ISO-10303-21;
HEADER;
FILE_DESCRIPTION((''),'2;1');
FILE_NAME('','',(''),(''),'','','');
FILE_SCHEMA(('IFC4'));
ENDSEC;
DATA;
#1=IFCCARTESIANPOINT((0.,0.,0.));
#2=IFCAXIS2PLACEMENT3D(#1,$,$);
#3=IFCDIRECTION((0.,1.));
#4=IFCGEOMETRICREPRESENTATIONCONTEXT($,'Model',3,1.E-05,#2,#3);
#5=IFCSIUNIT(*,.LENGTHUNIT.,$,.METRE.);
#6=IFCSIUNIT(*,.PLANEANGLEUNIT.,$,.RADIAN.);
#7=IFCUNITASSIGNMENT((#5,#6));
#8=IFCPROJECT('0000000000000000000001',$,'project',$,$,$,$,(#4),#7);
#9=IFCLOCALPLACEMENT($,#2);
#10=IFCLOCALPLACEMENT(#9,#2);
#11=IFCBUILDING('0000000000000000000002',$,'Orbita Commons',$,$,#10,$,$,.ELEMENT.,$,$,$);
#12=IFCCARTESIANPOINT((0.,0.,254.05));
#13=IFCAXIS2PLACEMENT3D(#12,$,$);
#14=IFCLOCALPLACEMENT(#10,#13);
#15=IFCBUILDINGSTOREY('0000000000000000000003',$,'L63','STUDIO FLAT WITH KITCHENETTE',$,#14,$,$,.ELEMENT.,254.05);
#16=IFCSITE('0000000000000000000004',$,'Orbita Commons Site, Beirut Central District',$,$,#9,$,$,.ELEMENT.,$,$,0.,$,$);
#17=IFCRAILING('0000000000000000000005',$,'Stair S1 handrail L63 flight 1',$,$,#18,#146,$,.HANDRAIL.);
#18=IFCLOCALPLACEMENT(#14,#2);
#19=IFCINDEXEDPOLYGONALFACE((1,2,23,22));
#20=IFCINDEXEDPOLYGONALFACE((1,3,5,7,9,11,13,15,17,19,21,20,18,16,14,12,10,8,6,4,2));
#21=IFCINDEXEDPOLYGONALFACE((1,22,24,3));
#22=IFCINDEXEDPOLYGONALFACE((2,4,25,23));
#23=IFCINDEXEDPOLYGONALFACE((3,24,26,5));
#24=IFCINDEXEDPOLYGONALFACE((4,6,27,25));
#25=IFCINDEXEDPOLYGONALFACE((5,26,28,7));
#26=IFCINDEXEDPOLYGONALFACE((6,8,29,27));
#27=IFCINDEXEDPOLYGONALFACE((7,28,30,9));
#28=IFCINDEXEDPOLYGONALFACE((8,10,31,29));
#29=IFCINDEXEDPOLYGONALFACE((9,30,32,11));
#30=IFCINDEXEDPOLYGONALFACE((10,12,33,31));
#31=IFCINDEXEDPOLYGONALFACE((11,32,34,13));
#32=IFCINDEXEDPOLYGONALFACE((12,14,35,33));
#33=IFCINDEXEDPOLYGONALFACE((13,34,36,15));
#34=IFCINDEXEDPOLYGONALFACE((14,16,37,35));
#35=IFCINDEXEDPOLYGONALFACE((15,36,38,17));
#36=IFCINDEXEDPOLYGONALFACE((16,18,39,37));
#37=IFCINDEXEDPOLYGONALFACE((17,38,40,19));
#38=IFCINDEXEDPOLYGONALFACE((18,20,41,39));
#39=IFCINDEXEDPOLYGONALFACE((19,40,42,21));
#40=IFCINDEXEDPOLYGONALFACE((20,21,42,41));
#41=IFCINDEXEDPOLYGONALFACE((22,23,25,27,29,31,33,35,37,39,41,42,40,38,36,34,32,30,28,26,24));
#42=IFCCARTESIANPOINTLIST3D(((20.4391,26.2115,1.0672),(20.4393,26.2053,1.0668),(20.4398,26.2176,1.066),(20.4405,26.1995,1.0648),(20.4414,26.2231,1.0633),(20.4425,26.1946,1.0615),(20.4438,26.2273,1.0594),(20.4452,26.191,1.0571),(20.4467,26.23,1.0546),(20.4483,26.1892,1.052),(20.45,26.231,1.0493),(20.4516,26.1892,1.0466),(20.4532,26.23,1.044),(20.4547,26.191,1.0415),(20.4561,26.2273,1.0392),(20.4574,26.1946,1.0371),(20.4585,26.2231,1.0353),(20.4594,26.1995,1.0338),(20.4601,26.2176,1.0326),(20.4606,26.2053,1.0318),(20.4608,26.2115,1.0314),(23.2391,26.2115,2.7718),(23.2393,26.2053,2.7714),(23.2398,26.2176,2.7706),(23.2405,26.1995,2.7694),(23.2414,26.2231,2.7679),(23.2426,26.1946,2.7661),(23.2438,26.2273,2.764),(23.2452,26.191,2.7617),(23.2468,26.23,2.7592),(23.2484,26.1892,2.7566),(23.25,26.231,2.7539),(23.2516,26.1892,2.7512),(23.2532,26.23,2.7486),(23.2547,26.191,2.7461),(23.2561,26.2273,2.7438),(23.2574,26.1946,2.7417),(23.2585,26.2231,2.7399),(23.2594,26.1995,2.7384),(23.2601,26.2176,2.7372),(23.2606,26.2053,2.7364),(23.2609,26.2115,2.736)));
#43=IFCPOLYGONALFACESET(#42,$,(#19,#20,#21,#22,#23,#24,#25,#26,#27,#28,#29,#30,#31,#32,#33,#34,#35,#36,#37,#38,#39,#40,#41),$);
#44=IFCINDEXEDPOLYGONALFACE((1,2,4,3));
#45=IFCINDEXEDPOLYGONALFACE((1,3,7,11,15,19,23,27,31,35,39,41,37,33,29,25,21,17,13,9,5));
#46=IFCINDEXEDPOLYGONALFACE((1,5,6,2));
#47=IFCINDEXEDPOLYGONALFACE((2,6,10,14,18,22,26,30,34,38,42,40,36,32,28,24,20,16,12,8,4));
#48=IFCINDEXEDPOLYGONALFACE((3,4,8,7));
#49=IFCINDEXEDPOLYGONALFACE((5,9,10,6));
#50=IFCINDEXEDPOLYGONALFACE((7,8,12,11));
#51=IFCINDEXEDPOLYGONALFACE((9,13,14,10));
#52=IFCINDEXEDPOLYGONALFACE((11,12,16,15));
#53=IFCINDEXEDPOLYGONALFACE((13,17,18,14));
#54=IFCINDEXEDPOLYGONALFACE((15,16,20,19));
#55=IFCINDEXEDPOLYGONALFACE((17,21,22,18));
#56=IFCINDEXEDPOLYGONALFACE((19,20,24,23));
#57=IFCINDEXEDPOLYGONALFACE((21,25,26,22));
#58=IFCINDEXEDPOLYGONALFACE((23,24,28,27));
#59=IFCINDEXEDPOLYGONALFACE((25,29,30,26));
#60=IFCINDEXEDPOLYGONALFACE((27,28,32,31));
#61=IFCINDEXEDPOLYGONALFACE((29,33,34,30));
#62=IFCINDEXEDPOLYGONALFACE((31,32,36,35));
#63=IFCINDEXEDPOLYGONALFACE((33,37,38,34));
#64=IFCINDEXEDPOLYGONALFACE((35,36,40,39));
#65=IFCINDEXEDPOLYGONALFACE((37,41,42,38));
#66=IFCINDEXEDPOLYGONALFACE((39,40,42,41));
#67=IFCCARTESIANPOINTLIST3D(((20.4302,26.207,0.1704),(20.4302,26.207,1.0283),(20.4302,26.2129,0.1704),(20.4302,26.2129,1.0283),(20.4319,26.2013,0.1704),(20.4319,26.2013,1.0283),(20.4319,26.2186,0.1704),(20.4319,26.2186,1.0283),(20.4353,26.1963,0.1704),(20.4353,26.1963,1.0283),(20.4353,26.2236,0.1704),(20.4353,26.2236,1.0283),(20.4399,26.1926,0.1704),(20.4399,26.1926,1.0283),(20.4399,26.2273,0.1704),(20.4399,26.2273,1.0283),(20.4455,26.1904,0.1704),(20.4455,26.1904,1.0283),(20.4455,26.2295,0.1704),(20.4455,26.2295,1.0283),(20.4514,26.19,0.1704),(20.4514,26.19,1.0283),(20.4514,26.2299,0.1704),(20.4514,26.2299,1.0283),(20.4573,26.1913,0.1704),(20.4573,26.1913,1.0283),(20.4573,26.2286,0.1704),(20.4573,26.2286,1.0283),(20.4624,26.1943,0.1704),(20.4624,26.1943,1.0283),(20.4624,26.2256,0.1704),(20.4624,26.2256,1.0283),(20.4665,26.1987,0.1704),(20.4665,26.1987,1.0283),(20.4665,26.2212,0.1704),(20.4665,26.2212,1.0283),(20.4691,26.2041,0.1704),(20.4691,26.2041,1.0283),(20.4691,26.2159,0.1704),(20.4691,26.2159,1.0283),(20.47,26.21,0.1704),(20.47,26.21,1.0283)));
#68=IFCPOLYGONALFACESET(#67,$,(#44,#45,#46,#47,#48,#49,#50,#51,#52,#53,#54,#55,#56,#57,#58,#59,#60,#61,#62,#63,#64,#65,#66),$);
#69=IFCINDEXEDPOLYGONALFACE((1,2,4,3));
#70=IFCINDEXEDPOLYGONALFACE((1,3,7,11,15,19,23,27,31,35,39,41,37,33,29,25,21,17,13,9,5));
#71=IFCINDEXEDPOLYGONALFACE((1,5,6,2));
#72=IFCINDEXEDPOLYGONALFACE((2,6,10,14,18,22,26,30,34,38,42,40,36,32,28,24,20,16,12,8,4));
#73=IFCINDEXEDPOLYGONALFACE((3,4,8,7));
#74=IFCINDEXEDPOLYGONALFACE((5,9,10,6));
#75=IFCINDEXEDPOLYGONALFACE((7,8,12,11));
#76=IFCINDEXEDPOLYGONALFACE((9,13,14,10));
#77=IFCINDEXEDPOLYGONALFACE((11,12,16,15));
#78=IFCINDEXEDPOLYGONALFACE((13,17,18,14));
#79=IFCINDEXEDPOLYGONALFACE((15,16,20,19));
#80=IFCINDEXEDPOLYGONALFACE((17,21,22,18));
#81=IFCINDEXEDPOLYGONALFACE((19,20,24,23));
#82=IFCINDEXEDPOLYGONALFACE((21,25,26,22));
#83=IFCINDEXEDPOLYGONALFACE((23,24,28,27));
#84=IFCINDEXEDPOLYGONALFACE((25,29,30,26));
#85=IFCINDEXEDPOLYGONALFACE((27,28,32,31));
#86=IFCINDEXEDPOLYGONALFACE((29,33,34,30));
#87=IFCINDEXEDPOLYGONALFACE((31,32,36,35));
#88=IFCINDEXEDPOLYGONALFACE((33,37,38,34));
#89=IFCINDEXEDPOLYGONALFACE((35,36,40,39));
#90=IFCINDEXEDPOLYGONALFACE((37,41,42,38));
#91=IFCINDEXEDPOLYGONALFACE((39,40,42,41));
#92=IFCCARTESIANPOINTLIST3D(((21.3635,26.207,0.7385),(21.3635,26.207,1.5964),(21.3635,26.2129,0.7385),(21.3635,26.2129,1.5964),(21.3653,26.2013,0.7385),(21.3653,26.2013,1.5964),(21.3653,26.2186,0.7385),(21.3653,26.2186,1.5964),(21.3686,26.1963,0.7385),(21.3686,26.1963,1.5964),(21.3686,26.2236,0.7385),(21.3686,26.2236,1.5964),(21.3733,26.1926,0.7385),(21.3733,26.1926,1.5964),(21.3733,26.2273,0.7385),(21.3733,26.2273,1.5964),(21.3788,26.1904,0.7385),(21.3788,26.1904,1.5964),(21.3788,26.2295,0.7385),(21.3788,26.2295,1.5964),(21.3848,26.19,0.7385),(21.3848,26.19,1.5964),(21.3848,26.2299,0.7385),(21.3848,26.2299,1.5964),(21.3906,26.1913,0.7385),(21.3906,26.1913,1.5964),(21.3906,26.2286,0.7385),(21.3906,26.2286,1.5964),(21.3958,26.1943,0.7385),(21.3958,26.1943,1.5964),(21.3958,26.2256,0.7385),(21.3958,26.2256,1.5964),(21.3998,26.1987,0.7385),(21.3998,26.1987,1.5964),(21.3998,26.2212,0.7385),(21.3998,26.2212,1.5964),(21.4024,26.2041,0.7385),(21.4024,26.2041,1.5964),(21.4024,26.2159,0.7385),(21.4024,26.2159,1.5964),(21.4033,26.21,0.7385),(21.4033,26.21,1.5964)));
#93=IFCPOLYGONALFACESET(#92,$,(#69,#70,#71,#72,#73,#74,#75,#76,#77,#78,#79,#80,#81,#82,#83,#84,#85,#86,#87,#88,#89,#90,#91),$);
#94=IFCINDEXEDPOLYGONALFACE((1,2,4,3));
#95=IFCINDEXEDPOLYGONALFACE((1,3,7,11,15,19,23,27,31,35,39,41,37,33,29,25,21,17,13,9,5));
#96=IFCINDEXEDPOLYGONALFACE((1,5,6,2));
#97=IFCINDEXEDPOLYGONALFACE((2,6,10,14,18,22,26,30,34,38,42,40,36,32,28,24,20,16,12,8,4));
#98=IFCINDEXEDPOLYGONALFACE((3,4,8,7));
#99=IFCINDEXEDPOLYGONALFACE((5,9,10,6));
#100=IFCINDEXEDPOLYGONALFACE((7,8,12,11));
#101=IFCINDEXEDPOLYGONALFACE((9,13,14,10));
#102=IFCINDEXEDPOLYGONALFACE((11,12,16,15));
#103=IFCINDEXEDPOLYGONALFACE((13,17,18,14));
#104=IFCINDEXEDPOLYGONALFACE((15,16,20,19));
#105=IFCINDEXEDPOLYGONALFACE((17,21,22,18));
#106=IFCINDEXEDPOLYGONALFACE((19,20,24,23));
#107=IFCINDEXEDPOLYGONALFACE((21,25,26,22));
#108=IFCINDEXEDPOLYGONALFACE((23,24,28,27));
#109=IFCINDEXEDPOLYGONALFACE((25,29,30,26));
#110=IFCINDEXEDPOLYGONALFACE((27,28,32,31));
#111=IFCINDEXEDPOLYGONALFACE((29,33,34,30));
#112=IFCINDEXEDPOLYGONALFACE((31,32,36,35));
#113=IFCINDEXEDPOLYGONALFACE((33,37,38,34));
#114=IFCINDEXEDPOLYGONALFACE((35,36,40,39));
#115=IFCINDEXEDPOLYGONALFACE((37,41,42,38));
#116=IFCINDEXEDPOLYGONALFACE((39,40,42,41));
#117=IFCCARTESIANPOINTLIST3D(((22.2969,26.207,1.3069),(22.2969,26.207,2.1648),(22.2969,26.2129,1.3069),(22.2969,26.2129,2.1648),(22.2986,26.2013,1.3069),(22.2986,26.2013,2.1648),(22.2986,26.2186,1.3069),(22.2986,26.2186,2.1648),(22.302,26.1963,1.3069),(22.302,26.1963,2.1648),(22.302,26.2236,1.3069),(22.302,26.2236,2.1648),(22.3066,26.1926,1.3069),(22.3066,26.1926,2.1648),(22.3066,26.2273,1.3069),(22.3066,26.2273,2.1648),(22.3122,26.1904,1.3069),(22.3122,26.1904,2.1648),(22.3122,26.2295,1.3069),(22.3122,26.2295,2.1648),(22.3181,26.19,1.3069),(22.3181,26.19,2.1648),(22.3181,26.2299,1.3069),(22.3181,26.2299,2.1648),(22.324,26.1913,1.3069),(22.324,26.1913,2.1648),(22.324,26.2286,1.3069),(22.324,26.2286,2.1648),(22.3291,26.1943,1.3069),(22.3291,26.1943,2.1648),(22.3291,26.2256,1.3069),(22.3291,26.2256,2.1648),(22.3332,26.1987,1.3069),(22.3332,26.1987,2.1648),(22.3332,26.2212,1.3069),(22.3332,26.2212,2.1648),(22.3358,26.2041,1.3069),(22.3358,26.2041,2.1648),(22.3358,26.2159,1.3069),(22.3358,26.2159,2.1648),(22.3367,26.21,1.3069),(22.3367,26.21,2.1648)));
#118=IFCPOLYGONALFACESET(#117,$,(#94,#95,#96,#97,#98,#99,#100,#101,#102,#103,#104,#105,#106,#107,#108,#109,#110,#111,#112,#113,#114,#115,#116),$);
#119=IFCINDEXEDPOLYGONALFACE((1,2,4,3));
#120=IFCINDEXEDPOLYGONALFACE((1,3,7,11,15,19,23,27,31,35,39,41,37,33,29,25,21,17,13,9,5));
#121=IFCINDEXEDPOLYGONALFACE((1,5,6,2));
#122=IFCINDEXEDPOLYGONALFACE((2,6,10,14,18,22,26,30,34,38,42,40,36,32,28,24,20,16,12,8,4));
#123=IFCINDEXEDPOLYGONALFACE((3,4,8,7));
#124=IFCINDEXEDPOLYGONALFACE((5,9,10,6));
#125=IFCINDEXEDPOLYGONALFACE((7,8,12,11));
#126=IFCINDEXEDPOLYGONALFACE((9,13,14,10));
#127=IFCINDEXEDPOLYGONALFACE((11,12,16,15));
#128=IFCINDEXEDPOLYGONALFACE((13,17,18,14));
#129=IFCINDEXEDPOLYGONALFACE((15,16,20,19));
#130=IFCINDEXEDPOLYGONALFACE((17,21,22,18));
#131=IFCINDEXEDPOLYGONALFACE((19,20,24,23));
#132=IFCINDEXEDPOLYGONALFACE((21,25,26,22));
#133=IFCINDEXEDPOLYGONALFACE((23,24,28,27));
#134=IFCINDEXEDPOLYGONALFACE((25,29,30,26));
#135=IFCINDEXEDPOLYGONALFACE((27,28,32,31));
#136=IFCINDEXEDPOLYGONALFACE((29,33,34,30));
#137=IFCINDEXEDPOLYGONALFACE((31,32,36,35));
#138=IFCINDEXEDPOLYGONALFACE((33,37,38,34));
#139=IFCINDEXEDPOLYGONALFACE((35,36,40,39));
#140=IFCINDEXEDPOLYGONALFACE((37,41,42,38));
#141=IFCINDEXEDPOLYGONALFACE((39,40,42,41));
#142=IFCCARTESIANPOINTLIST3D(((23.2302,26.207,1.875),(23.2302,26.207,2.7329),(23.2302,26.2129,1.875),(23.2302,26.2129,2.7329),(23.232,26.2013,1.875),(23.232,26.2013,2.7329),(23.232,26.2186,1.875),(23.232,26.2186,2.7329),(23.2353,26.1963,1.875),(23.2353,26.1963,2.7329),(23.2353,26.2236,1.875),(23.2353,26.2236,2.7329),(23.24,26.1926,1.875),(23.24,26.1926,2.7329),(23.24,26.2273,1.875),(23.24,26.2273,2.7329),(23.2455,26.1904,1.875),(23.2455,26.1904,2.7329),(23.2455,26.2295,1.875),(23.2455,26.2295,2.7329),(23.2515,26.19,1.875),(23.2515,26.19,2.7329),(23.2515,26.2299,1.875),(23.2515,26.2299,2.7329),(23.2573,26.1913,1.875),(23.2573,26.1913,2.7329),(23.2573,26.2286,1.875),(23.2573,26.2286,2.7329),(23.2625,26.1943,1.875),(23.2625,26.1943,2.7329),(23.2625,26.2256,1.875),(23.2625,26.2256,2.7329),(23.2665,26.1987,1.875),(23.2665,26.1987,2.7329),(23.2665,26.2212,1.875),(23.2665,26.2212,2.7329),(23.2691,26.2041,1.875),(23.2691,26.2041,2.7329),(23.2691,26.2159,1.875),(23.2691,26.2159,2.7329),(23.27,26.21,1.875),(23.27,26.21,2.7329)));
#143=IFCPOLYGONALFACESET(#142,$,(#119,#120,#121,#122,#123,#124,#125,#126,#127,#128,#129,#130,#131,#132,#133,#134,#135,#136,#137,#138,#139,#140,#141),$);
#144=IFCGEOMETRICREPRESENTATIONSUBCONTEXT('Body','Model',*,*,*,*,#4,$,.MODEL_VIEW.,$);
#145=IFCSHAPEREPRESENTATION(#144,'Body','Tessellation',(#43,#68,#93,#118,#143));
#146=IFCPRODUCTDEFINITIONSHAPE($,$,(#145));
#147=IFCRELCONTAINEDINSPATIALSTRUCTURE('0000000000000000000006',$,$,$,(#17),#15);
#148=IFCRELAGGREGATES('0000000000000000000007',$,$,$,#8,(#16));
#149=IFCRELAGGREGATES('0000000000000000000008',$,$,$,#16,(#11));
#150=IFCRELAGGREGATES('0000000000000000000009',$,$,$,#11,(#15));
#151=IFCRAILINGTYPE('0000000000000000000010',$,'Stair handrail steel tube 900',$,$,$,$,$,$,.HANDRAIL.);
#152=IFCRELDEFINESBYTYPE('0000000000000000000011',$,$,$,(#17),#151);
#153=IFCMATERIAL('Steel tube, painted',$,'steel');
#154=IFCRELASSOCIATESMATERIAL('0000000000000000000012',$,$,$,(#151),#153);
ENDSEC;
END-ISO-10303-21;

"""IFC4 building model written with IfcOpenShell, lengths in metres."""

from ifc_helpers import new_model, si_unit, direction, frame, origin, origin_2d, place, context, subcontext, project, spatial, circle, extrude, material, type_object, element, save


model = new_model("IFC4")

# Units and contexts
model_context = context("Model", 3, precision=1e-05, world=origin(), true_north=direction((0.0, 1.0)))
body_context = subcontext(model_context, "Body", "Model", "MODEL_VIEW")
ifc_project = project(units=[si_unit("LENGTHUNIT", "METRE"), si_unit("PLANEANGLEUNIT", "RADIAN")], contexts=[model_context])

# Site, building, storey
site_placement = place(None, origin())
site = spatial("IfcSite", under=ifc_project, at=site_placement, Name="Orbita Commons Site, Beirut Central District", CompositionType="ELEMENT", RefElevation=0.0)
building_placement = place(site_placement, origin())
building = spatial("IfcBuilding", under=site, at=building_placement, Name="Orbita Commons", CompositionType="ELEMENT")
storey_placement = place(building_placement, frame((0.0, 0.0, 254.05)))
storey = spatial("IfcBuildingStorey", under=building, at=storey_placement, Name="L63", Description="STUDIO FLAT WITH KITCHENETTE", CompositionType="ELEMENT", Elevation=254.05)

# Railing
ifc_material_1 = material(Name="Steel tube, painted", Category="steel")
railing_type = type_object("IfcRailingType", Name="Stair handrail steel tube 900", PredefinedType="HANDRAIL", material=ifc_material_1)
for number, where, name in (
    (1, (20.45, 26.21, 0.1704), "Stair S1 handrail L63 flight 1"),
):
    element("IfcRailing", number, at=place(storey_placement, frame(where)), inside=storey, type_object=railing_type, Name=name, PredefinedType="HANDRAIL", context=body_context, shape_type="SweptSolid", body=[
        extrude(circle(Radius=0.021, at=origin_2d()), frame((0.0, 0.0, 0.8789), z_axis=(0.85417, 0.0, 0.519994), x_axis=(0.0, 1.0, 0.0)), (0.0, 0.0, 1.0), 3.2781),
        extrude(circle(Radius=0.02, at=origin_2d()), origin(), (0.0, 0.0, 1.0), 0.8579),
        extrude(circle(Radius=0.02, at=origin_2d()), frame((0.9333, 0.0, 0.5681)), (0.0, 0.0, 1.0), 0.8579),
        extrude(circle(Radius=0.02, at=origin_2d()), frame((1.8667, 0.0, 1.1365)), (0.0, 0.0, 1.0), 0.8579),
        extrude(circle(Radius=0.02, at=origin_2d()), frame((2.8, 0.0, 1.7046)), (0.0, 0.0, 1.0), 0.8579),
    ])

save(model, "model.ifc")
